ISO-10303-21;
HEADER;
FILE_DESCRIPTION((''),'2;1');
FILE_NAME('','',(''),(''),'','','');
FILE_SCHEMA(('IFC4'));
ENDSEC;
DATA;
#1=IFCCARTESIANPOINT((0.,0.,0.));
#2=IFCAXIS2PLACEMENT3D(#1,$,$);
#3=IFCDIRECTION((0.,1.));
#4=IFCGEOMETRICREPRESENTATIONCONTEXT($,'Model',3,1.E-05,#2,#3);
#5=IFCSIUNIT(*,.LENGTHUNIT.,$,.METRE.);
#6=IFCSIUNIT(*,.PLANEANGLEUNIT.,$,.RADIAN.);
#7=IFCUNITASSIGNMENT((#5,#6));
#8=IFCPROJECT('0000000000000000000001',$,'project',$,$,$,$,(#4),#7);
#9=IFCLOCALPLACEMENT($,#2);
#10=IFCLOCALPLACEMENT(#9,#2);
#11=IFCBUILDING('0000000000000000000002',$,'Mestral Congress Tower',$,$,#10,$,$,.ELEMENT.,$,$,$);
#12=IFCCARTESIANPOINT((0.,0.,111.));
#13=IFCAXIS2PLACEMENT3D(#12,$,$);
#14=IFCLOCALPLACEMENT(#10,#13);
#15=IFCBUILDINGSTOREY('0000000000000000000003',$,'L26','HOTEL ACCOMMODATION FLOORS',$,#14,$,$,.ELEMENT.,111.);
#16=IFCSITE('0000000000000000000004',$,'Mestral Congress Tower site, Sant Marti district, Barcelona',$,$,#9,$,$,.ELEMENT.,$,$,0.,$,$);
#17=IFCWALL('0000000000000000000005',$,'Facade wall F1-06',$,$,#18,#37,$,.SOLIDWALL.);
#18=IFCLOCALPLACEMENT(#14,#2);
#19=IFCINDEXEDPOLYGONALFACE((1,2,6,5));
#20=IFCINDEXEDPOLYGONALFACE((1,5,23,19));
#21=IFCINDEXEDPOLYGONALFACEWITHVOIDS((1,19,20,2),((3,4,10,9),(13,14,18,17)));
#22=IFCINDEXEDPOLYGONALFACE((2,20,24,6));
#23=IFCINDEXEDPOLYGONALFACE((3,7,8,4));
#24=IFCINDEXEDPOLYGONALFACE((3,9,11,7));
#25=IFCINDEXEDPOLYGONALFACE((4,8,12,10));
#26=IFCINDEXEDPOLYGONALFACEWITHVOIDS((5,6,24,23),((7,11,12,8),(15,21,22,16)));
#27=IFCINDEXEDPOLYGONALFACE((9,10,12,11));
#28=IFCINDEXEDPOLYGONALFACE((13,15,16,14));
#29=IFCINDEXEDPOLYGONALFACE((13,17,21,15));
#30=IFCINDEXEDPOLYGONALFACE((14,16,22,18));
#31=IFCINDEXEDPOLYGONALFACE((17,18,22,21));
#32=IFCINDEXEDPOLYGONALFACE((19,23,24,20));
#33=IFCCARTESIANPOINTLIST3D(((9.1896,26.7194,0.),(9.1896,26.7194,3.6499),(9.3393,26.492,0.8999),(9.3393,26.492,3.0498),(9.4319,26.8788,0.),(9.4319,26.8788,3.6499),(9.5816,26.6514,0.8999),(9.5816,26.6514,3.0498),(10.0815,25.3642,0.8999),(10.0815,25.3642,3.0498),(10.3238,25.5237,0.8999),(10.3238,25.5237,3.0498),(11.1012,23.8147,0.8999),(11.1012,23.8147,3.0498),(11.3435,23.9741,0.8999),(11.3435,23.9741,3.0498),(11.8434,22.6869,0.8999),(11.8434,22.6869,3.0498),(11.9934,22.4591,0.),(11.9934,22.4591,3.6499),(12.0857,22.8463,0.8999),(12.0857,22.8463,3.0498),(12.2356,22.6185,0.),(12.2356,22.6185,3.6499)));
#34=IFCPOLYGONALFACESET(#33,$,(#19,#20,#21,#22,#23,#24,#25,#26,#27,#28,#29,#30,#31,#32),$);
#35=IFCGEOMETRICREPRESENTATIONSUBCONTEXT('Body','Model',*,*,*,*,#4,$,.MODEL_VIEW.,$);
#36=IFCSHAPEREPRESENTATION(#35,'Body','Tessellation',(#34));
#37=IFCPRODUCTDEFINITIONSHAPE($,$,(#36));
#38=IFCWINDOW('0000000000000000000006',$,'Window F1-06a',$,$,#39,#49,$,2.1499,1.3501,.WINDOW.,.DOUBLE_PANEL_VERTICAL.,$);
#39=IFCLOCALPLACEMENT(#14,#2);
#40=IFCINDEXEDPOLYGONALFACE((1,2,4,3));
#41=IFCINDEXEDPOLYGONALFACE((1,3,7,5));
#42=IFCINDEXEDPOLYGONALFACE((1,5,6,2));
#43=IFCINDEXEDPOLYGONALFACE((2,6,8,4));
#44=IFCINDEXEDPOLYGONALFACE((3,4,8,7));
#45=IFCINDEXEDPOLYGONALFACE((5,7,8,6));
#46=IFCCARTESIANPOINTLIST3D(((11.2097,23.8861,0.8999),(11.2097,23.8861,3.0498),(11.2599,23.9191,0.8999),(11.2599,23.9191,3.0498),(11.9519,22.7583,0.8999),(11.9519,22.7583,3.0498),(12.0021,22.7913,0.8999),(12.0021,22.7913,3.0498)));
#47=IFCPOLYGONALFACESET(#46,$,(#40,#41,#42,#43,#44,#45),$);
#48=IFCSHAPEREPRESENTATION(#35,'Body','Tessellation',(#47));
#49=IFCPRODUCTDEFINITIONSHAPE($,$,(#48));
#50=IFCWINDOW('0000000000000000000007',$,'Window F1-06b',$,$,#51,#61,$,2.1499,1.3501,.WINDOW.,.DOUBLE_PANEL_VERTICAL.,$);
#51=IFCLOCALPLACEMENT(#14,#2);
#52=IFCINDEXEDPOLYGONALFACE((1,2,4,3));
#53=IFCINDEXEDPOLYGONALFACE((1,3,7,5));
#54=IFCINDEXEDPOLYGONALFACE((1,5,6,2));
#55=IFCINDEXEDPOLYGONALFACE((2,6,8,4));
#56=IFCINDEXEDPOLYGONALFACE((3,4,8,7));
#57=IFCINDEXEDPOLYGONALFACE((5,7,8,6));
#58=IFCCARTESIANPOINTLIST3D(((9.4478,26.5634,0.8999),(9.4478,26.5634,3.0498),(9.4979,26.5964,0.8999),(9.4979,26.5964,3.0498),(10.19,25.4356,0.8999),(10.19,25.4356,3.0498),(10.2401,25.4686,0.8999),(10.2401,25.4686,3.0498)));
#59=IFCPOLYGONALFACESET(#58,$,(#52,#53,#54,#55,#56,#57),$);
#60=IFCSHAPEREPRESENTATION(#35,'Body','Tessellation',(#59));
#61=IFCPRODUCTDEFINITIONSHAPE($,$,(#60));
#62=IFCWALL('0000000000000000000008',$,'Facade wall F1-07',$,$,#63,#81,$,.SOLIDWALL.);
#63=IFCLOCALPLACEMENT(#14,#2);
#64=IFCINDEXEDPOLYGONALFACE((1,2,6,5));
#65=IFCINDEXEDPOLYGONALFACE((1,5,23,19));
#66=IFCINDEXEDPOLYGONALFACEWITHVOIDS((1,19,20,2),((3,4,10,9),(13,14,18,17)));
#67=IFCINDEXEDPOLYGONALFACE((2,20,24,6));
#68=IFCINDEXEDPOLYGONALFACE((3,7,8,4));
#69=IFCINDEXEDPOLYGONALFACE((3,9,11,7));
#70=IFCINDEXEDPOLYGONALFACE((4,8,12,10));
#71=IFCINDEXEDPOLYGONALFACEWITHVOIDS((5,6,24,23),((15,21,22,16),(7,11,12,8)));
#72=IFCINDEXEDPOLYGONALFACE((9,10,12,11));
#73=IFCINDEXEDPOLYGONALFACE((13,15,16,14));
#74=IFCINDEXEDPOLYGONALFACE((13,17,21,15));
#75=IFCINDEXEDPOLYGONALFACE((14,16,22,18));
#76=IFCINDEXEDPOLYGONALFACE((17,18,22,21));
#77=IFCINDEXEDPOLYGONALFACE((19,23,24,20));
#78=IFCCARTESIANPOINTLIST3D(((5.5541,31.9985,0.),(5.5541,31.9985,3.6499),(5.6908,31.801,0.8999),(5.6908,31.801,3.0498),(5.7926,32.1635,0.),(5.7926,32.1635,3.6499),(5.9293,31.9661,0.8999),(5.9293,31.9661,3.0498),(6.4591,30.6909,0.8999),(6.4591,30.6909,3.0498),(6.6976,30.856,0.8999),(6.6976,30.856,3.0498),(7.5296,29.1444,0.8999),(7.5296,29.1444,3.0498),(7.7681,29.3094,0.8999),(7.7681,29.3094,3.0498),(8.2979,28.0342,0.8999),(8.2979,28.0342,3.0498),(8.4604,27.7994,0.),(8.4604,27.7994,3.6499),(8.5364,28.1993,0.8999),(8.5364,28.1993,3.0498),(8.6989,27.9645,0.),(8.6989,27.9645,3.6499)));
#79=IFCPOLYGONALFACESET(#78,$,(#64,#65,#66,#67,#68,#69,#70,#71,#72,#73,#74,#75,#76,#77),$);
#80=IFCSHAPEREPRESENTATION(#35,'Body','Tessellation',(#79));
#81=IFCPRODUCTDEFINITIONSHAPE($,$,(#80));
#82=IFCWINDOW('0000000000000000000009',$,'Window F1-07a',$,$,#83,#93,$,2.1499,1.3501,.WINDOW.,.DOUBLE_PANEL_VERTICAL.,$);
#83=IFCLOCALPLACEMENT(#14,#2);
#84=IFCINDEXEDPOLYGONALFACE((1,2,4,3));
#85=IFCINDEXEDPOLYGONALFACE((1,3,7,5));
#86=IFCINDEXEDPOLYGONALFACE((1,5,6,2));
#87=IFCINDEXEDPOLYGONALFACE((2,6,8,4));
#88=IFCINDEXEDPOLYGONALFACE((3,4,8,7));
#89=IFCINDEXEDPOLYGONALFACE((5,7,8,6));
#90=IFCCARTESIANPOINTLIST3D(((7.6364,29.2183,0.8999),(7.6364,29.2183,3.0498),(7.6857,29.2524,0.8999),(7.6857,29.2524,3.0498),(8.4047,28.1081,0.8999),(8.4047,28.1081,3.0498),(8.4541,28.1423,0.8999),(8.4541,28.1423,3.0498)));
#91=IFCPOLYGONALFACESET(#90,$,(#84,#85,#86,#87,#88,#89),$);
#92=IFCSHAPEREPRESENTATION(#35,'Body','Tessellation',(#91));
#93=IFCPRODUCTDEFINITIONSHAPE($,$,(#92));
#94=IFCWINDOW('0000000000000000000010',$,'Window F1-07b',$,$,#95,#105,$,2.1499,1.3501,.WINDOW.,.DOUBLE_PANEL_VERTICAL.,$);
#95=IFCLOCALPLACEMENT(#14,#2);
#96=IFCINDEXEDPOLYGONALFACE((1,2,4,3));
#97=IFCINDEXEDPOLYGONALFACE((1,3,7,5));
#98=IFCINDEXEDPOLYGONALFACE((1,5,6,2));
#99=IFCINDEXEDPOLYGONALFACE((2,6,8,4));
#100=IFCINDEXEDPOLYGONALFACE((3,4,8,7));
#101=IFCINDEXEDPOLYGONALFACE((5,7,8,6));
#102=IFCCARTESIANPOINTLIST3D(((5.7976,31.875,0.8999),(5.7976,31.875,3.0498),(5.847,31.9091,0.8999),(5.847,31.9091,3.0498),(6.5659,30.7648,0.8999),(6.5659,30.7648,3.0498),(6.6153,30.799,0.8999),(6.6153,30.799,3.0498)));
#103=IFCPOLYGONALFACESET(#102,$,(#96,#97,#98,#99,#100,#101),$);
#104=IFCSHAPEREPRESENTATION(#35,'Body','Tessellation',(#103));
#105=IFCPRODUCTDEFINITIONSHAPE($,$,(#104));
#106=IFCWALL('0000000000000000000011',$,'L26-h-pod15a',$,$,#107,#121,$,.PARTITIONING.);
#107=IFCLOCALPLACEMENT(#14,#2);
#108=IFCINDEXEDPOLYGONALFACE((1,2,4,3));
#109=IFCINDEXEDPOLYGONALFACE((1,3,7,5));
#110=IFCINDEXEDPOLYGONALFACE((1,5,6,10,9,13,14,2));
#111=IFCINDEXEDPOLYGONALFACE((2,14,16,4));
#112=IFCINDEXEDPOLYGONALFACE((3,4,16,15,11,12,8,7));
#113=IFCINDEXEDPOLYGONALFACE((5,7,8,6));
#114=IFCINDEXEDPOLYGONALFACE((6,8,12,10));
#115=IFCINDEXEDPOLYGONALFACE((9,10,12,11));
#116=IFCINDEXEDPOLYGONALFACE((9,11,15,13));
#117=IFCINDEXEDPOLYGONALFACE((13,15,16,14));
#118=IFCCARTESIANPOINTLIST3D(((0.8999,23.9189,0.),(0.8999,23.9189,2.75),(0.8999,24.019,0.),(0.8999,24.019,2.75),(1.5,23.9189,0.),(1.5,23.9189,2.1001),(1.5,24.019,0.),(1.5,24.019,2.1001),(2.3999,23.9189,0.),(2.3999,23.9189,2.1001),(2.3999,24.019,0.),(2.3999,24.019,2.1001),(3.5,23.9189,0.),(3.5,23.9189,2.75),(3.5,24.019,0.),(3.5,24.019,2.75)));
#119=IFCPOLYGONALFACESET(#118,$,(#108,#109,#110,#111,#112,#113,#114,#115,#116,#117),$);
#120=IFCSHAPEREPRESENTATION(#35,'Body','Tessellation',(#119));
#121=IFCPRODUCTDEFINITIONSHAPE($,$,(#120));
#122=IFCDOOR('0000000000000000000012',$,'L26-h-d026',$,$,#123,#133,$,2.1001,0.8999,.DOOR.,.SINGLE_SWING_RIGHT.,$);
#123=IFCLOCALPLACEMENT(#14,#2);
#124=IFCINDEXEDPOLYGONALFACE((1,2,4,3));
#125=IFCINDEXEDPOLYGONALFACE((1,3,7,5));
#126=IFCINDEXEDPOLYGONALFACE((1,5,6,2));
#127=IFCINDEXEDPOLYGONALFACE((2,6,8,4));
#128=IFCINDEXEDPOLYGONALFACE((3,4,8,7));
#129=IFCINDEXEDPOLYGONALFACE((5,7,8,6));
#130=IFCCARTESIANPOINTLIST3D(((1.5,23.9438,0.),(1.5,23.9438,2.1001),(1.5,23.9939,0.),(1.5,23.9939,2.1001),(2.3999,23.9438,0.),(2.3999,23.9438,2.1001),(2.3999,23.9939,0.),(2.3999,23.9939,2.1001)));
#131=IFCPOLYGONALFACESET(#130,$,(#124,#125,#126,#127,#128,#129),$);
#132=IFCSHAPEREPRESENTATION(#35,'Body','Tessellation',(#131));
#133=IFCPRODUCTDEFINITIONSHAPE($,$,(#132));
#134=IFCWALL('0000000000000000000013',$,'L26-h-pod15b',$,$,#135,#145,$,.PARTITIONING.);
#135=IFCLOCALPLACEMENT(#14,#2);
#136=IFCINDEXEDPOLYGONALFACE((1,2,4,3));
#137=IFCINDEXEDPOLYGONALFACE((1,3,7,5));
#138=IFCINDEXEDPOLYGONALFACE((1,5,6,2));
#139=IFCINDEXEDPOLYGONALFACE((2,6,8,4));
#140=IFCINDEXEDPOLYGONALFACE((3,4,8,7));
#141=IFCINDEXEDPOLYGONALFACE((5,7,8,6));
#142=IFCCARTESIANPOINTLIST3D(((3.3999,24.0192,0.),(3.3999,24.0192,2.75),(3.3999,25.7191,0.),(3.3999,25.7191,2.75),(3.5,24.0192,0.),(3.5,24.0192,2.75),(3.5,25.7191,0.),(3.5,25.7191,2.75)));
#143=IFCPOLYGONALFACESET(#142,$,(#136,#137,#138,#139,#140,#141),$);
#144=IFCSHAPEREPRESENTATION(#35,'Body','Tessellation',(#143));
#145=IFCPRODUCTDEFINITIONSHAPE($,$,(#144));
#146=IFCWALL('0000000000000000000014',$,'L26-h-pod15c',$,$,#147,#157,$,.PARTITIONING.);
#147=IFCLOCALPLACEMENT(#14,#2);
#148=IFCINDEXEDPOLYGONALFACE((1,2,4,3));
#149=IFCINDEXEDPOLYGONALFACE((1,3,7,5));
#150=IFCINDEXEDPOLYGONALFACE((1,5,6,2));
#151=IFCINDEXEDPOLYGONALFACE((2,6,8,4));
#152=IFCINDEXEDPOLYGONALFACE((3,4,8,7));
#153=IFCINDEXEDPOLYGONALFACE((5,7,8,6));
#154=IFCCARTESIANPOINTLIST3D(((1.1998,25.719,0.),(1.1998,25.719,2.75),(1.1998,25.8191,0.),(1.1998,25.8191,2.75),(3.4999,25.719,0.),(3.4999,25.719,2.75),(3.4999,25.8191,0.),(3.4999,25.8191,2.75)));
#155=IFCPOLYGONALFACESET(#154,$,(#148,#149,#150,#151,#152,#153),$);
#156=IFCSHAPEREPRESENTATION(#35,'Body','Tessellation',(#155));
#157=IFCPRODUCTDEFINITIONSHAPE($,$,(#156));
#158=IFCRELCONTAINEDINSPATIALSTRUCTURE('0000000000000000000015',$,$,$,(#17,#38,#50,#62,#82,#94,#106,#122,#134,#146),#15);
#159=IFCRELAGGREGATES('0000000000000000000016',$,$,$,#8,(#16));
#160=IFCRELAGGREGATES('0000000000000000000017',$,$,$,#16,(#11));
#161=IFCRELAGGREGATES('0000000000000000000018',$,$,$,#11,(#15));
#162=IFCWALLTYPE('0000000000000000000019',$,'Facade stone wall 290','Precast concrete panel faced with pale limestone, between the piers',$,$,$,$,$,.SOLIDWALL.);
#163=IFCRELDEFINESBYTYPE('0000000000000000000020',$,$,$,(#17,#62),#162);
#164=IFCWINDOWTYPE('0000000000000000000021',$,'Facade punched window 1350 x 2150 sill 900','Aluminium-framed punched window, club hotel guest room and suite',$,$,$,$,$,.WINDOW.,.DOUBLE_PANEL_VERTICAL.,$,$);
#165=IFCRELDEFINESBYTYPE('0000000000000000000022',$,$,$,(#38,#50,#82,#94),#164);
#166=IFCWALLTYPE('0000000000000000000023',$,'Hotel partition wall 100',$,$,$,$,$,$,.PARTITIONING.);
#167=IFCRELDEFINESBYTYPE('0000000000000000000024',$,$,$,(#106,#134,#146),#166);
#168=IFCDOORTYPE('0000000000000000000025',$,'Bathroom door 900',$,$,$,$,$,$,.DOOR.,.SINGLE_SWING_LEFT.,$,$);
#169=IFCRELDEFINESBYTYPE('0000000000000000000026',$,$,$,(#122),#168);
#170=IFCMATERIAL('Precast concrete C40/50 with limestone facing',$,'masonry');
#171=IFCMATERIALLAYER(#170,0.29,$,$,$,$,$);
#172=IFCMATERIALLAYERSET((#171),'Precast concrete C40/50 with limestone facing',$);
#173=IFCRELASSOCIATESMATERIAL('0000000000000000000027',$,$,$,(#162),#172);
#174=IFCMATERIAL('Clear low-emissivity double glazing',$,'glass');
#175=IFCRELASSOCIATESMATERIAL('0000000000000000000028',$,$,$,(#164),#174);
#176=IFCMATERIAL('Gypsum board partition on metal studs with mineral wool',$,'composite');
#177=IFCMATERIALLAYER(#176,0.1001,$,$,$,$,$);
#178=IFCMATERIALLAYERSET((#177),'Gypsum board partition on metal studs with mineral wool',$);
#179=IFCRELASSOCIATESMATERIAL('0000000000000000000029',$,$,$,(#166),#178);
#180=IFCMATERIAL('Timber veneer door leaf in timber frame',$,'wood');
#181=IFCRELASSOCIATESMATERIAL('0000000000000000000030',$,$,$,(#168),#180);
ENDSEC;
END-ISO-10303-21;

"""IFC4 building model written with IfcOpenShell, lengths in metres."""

from ifc_helpers import new_model, si_unit, direction, frame, frame_2d, origin, place, context, subcontext, project, spatial, rectangle, extrude, material, layer, layer_set, type_object, element, fill, save


model = new_model("IFC4")

# Units and contexts
model_context = context("Model", 3, precision=1e-05, world=origin(), true_north=direction((0.0, 1.0)))
body_context = subcontext(model_context, "Body", "Model", "MODEL_VIEW")
ifc_project = project(units=[si_unit("LENGTHUNIT", "METRE"), si_unit("PLANEANGLEUNIT", "RADIAN")], contexts=[model_context])

# Site, building, storey
site_placement = place(None, origin())
site = spatial("IfcSite", under=ifc_project, at=site_placement, Name="Mestral Congress Tower site, Sant Marti district, Barcelona", CompositionType="ELEMENT", RefElevation=0.0)
building_placement = place(site_placement, origin())
building = spatial("IfcBuilding", under=site, at=building_placement, Name="Mestral Congress Tower", CompositionType="ELEMENT")
storey_placement = place(building_placement, frame((0.0, 0.0, 111.0)))
storey = spatial("IfcBuildingStorey", under=building, at=storey_placement, Name="L26", Description="HOTEL ACCOMMODATION FLOORS", CompositionType="ELEMENT", Elevation=111.0)

# Walls, openings, windows
ifc_material_1 = material(Name="Precast concrete C40/50 with limestone facing", Category="masonry")
ifc_layer_1 = layer(ifc_material_1, 0.29)
ifc_layer_set_1 = layer_set([ifc_layer_1], Name="Precast concrete C40/50 with limestone facing")
wall_type_1 = type_object("IfcWallType", Name="Facade stone wall 290", Description="Precast concrete panel faced with pale limestone, between the piers", PredefinedType="SOLIDWALL", material=ifc_layer_set_1)
wall_1_placement = place(storey_placement, frame((12.1145, 22.5388, 0.0), z_axis=(0.0, 0.0, 1.0), x_axis=(-0.549741, 0.835335, 0.0)))
wall_1 = element("IfcWall", 1, at=wall_1_placement, inside=storey, type_object=wall_type_1, Name="Facade wall F1-06", PredefinedType="SOLIDWALL", context=body_context, shape_type="SweptSolid", body=[
    extrude(rectangle(XDim=5.1001, YDim=0.29, at=frame_2d((2.55, 0.0))), origin(), (0.0, 0.0, 1.0), 3.6499),
])
opening_1_placement = place(wall_1_placement, frame((0.2727, 0.0, 0.8999)))
opening_1 = element("IfcOpeningElement", 2, at=opening_1_placement, cuts=wall_1, PredefinedType="OPENING", context=body_context, shape_type="SweptSolid", body=[
    extrude(rectangle(XDim=1.3501, YDim=2.1499, at=frame_2d((0.675, 1.075))), frame((0.0, 0.155, 0.0), z_axis=(0.0, -1.0, 0.0), x_axis=(1.0, 0.0, 0.0)), (0.0, 0.0, 1.0), 0.3101),
])
opening_2_placement = place(wall_1_placement, frame((3.4778, 0.0, 0.8999)))
opening_2 = element("IfcOpeningElement", 3, at=opening_2_placement, cuts=wall_1, PredefinedType="OPENING", context=body_context, shape_type="SweptSolid", body=[
    extrude(rectangle(XDim=1.3501, YDim=2.1499, at=frame_2d((0.675, 1.075))), frame((0.0, 0.155, 0.0), z_axis=(0.0, -1.0, 0.0), x_axis=(1.0, 0.0, 0.0)), (0.0, 0.0, 1.0), 0.3101),
])
ifc_material_2 = material(Name="Clear low-emissivity double glazing", Category="glass")
window_type = type_object("IfcWindowType", Name="Facade punched window 1350 x 2150 sill 900", Description="Aluminium-framed punched window, club hotel guest room and suite", PartitioningType="DOUBLE_PANEL_VERTICAL", PredefinedType="WINDOW", material=ifc_material_2)
window_1_placement = place(opening_1_placement, origin())
window_1 = element("IfcWindow", 4, at=window_1_placement, inside=storey, type_object=window_type, Name="Window F1-06a", OverallHeight=2.1499, OverallWidth=1.3501, PartitioningType="DOUBLE_PANEL_VERTICAL", PredefinedType="WINDOW", context=body_context, shape_type="SweptSolid", body=[
    extrude(rectangle(XDim=1.3501, YDim=2.1499, at=frame_2d((0.675, 1.075))), frame((0.0, 0.0151, 0.0), z_axis=(0.0, -1.0, 0.0), x_axis=(1.0, 0.0, 0.0)), (0.0, 0.0, 1.0), 0.0601),
])
fill(opening_1, window_1)
window_2_placement = place(opening_2_placement, origin())
window_2 = element("IfcWindow", 5, at=window_2_placement, inside=storey, type_object=window_type, Name="Window F1-06b", OverallHeight=2.1499, OverallWidth=1.3501, PartitioningType="DOUBLE_PANEL_VERTICAL", PredefinedType="WINDOW", context=body_context, shape_type="SweptSolid", body=[
    extrude(rectangle(XDim=1.3501, YDim=2.1499, at=frame_2d((0.675, 1.075))), frame((0.0, 0.0151, 0.0), z_axis=(0.0, -1.0, 0.0), x_axis=(1.0, 0.0, 0.0)), (0.0, 0.0, 1.0), 0.0601),
])
fill(opening_2, window_2)
wall_2_placement = place(storey_placement, frame((8.5796, 27.8821, 0.0), z_axis=(0.0, 0.0, 1.0), x_axis=(-0.569113, 0.822259, 0.0)))
wall_2 = element("IfcWall", 6, at=wall_2_placement, inside=storey, type_object=wall_type_1, Name="Facade wall F1-07", PredefinedType="SOLIDWALL", context=body_context, shape_type="SweptSolid", body=[
    extrude(rectangle(XDim=5.1067, YDim=0.29, at=frame_2d((2.5532, 0.0))), origin(), (0.0, 0.0, 1.0), 3.6499),
])
opening_3_placement = place(wall_2_placement, frame((0.2854, 0.0, 0.8999)))
opening_3 = element("IfcOpeningElement", 7, at=opening_3_placement, cuts=wall_2, PredefinedType="OPENING", context=body_context, shape_type="SweptSolid", body=[
    extrude(rectangle(XDim=1.3501, YDim=2.1499, at=frame_2d((0.675, 1.075))), frame((0.0, 0.155, 0.0), z_axis=(0.0, -1.0, 0.0), x_axis=(1.0, 0.0, 0.0)), (0.0, 0.0, 1.0), 0.3101),
])
opening_4_placement = place(wall_2_placement, frame((3.5164, 0.0, 0.8999)))
opening_4 = element("IfcOpeningElement", 8, at=opening_4_placement, cuts=wall_2, PredefinedType="OPENING", context=body_context, shape_type="SweptSolid", body=[
    extrude(rectangle(XDim=1.3501, YDim=2.1499, at=frame_2d((0.675, 1.075))), frame((0.0, 0.155, 0.0), z_axis=(0.0, -1.0, 0.0), x_axis=(1.0, 0.0, 0.0)), (0.0, 0.0, 1.0), 0.3101),
])
window_3_placement = place(opening_3_placement, origin())
window_3 = element("IfcWindow", 9, at=window_3_placement, inside=storey, type_object=window_type, Name="Window F1-07a", OverallHeight=2.1499, OverallWidth=1.3501, PartitioningType="DOUBLE_PANEL_VERTICAL", PredefinedType="WINDOW", context=body_context, shape_type="SweptSolid", body=[
    extrude(rectangle(XDim=1.3501, YDim=2.1499, at=frame_2d((0.675, 1.075))), frame((0.0, 0.0151, 0.0), z_axis=(0.0, -1.0, 0.0), x_axis=(1.0, 0.0, 0.0)), (0.0, 0.0, 1.0), 0.0601),
])
fill(opening_3, window_3)
window_4_placement = place(opening_4_placement, origin())
window_4 = element("IfcWindow", 10, at=window_4_placement, inside=storey, type_object=window_type, Name="Window F1-07b", OverallHeight=2.1499, OverallWidth=1.3501, PartitioningType="DOUBLE_PANEL_VERTICAL", PredefinedType="WINDOW", context=body_context, shape_type="SweptSolid", body=[
    extrude(rectangle(XDim=1.3501, YDim=2.1499, at=frame_2d((0.675, 1.075))), frame((0.0, 0.0151, 0.0), z_axis=(0.0, -1.0, 0.0), x_axis=(1.0, 0.0, 0.0)), (0.0, 0.0, 1.0), 0.0601),
])
fill(opening_4, window_4)

# Wall, opening, door
ifc_material_3 = material(Name="Gypsum board partition on metal studs with mineral wool", Category="composite")
ifc_layer_2 = layer(ifc_material_3, 0.1001)
ifc_layer_set_2 = layer_set([ifc_layer_2], Name="Gypsum board partition on metal studs with mineral wool")
wall_type_2 = type_object("IfcWallType", Name="Hotel partition wall 100", PredefinedType="PARTITIONING", material=ifc_layer_set_2)
wall_3_placement = place(storey_placement, frame((0.8999, 23.969, 0.0), z_axis=(0.0, 0.0, 1.0), x_axis=(1.0, 0.0, 0.0)))
wall_3 = element("IfcWall", 11, at=wall_3_placement, inside=storey, type_object=wall_type_2, Name="L26-h-pod15a", PredefinedType="PARTITIONING", context=body_context, shape_type="SweptSolid", body=[
    extrude(rectangle(XDim=2.6001, YDim=0.1001, at=frame_2d((1.3, 0.0))), origin(), (0.0, 0.0, 1.0), 2.75),
])
opening_5_placement = place(wall_3_placement, frame((0.6001, 0.0, 0.0)))
opening_5 = element("IfcOpeningElement", 12, at=opening_5_placement, cuts=wall_3, PredefinedType="OPENING", context=body_context, shape_type="SweptSolid", body=[
    extrude(rectangle(XDim=0.8999, YDim=2.1001, at=frame_2d((0.45, 1.05))), frame((0.0, 0.0601, 0.0), z_axis=(0.0, -1.0, 0.0), x_axis=(1.0, 0.0, 0.0)), (0.0, 0.0, 1.0), 0.1201),
])
ifc_material_4 = material(Name="Timber veneer door leaf in timber frame", Category="wood")
door_type = type_object("IfcDoorType", Name="Bathroom door 900", OperationType="SINGLE_SWING_LEFT", PredefinedType="DOOR", material=ifc_material_4)
door_1_placement = place(opening_5_placement, origin())
door_1 = element("IfcDoor", 13, at=door_1_placement, inside=storey, type_object=door_type, Name="L26-h-d026", OperationType="SINGLE_SWING_RIGHT", OverallHeight=2.1001, OverallWidth=0.8999, PredefinedType="DOOR", context=body_context, shape_type="SweptSolid", body=[
    extrude(rectangle(XDim=0.8999, YDim=2.1001, at=frame_2d((0.45, 1.05))), frame((0.0, 0.0249, 0.0), z_axis=(0.0, -1.0, 0.0), x_axis=(1.0, 0.0, 0.0)), (0.0, 0.0, 1.0), 0.05),
])
fill(opening_5, door_1)

# Walls
wall_4_placement = place(storey_placement, frame((3.45, 24.019, 0.0), z_axis=(0.0, 0.0, 1.0), x_axis=(0.0, 1.0, 0.0)))
element("IfcWall", 14, at=wall_4_placement, inside=storey, type_object=wall_type_2, Name="L26-h-pod15b", PredefinedType="PARTITIONING", context=body_context, shape_type="SweptSolid", body=[
    extrude(rectangle(XDim=1.7, YDim=0.1001, at=frame_2d((0.8501, 0.0))), origin(), (0.0, 0.0, 1.0), 2.75),
])
wall_5_placement = place(storey_placement, frame((1.2, 25.769, 0.0), z_axis=(0.0, 0.0, 1.0), x_axis=(1.0, 0.0, 0.0)))
element("IfcWall", 15, at=wall_5_placement, inside=storey, type_object=wall_type_2, Name="L26-h-pod15c", PredefinedType="PARTITIONING", context=body_context, shape_type="SweptSolid", body=[
    extrude(rectangle(XDim=2.3, YDim=0.1001, at=frame_2d((1.1499, 0.0))), origin(), (0.0, 0.0, 1.0), 2.75),
])

save(model, "model.ifc")
